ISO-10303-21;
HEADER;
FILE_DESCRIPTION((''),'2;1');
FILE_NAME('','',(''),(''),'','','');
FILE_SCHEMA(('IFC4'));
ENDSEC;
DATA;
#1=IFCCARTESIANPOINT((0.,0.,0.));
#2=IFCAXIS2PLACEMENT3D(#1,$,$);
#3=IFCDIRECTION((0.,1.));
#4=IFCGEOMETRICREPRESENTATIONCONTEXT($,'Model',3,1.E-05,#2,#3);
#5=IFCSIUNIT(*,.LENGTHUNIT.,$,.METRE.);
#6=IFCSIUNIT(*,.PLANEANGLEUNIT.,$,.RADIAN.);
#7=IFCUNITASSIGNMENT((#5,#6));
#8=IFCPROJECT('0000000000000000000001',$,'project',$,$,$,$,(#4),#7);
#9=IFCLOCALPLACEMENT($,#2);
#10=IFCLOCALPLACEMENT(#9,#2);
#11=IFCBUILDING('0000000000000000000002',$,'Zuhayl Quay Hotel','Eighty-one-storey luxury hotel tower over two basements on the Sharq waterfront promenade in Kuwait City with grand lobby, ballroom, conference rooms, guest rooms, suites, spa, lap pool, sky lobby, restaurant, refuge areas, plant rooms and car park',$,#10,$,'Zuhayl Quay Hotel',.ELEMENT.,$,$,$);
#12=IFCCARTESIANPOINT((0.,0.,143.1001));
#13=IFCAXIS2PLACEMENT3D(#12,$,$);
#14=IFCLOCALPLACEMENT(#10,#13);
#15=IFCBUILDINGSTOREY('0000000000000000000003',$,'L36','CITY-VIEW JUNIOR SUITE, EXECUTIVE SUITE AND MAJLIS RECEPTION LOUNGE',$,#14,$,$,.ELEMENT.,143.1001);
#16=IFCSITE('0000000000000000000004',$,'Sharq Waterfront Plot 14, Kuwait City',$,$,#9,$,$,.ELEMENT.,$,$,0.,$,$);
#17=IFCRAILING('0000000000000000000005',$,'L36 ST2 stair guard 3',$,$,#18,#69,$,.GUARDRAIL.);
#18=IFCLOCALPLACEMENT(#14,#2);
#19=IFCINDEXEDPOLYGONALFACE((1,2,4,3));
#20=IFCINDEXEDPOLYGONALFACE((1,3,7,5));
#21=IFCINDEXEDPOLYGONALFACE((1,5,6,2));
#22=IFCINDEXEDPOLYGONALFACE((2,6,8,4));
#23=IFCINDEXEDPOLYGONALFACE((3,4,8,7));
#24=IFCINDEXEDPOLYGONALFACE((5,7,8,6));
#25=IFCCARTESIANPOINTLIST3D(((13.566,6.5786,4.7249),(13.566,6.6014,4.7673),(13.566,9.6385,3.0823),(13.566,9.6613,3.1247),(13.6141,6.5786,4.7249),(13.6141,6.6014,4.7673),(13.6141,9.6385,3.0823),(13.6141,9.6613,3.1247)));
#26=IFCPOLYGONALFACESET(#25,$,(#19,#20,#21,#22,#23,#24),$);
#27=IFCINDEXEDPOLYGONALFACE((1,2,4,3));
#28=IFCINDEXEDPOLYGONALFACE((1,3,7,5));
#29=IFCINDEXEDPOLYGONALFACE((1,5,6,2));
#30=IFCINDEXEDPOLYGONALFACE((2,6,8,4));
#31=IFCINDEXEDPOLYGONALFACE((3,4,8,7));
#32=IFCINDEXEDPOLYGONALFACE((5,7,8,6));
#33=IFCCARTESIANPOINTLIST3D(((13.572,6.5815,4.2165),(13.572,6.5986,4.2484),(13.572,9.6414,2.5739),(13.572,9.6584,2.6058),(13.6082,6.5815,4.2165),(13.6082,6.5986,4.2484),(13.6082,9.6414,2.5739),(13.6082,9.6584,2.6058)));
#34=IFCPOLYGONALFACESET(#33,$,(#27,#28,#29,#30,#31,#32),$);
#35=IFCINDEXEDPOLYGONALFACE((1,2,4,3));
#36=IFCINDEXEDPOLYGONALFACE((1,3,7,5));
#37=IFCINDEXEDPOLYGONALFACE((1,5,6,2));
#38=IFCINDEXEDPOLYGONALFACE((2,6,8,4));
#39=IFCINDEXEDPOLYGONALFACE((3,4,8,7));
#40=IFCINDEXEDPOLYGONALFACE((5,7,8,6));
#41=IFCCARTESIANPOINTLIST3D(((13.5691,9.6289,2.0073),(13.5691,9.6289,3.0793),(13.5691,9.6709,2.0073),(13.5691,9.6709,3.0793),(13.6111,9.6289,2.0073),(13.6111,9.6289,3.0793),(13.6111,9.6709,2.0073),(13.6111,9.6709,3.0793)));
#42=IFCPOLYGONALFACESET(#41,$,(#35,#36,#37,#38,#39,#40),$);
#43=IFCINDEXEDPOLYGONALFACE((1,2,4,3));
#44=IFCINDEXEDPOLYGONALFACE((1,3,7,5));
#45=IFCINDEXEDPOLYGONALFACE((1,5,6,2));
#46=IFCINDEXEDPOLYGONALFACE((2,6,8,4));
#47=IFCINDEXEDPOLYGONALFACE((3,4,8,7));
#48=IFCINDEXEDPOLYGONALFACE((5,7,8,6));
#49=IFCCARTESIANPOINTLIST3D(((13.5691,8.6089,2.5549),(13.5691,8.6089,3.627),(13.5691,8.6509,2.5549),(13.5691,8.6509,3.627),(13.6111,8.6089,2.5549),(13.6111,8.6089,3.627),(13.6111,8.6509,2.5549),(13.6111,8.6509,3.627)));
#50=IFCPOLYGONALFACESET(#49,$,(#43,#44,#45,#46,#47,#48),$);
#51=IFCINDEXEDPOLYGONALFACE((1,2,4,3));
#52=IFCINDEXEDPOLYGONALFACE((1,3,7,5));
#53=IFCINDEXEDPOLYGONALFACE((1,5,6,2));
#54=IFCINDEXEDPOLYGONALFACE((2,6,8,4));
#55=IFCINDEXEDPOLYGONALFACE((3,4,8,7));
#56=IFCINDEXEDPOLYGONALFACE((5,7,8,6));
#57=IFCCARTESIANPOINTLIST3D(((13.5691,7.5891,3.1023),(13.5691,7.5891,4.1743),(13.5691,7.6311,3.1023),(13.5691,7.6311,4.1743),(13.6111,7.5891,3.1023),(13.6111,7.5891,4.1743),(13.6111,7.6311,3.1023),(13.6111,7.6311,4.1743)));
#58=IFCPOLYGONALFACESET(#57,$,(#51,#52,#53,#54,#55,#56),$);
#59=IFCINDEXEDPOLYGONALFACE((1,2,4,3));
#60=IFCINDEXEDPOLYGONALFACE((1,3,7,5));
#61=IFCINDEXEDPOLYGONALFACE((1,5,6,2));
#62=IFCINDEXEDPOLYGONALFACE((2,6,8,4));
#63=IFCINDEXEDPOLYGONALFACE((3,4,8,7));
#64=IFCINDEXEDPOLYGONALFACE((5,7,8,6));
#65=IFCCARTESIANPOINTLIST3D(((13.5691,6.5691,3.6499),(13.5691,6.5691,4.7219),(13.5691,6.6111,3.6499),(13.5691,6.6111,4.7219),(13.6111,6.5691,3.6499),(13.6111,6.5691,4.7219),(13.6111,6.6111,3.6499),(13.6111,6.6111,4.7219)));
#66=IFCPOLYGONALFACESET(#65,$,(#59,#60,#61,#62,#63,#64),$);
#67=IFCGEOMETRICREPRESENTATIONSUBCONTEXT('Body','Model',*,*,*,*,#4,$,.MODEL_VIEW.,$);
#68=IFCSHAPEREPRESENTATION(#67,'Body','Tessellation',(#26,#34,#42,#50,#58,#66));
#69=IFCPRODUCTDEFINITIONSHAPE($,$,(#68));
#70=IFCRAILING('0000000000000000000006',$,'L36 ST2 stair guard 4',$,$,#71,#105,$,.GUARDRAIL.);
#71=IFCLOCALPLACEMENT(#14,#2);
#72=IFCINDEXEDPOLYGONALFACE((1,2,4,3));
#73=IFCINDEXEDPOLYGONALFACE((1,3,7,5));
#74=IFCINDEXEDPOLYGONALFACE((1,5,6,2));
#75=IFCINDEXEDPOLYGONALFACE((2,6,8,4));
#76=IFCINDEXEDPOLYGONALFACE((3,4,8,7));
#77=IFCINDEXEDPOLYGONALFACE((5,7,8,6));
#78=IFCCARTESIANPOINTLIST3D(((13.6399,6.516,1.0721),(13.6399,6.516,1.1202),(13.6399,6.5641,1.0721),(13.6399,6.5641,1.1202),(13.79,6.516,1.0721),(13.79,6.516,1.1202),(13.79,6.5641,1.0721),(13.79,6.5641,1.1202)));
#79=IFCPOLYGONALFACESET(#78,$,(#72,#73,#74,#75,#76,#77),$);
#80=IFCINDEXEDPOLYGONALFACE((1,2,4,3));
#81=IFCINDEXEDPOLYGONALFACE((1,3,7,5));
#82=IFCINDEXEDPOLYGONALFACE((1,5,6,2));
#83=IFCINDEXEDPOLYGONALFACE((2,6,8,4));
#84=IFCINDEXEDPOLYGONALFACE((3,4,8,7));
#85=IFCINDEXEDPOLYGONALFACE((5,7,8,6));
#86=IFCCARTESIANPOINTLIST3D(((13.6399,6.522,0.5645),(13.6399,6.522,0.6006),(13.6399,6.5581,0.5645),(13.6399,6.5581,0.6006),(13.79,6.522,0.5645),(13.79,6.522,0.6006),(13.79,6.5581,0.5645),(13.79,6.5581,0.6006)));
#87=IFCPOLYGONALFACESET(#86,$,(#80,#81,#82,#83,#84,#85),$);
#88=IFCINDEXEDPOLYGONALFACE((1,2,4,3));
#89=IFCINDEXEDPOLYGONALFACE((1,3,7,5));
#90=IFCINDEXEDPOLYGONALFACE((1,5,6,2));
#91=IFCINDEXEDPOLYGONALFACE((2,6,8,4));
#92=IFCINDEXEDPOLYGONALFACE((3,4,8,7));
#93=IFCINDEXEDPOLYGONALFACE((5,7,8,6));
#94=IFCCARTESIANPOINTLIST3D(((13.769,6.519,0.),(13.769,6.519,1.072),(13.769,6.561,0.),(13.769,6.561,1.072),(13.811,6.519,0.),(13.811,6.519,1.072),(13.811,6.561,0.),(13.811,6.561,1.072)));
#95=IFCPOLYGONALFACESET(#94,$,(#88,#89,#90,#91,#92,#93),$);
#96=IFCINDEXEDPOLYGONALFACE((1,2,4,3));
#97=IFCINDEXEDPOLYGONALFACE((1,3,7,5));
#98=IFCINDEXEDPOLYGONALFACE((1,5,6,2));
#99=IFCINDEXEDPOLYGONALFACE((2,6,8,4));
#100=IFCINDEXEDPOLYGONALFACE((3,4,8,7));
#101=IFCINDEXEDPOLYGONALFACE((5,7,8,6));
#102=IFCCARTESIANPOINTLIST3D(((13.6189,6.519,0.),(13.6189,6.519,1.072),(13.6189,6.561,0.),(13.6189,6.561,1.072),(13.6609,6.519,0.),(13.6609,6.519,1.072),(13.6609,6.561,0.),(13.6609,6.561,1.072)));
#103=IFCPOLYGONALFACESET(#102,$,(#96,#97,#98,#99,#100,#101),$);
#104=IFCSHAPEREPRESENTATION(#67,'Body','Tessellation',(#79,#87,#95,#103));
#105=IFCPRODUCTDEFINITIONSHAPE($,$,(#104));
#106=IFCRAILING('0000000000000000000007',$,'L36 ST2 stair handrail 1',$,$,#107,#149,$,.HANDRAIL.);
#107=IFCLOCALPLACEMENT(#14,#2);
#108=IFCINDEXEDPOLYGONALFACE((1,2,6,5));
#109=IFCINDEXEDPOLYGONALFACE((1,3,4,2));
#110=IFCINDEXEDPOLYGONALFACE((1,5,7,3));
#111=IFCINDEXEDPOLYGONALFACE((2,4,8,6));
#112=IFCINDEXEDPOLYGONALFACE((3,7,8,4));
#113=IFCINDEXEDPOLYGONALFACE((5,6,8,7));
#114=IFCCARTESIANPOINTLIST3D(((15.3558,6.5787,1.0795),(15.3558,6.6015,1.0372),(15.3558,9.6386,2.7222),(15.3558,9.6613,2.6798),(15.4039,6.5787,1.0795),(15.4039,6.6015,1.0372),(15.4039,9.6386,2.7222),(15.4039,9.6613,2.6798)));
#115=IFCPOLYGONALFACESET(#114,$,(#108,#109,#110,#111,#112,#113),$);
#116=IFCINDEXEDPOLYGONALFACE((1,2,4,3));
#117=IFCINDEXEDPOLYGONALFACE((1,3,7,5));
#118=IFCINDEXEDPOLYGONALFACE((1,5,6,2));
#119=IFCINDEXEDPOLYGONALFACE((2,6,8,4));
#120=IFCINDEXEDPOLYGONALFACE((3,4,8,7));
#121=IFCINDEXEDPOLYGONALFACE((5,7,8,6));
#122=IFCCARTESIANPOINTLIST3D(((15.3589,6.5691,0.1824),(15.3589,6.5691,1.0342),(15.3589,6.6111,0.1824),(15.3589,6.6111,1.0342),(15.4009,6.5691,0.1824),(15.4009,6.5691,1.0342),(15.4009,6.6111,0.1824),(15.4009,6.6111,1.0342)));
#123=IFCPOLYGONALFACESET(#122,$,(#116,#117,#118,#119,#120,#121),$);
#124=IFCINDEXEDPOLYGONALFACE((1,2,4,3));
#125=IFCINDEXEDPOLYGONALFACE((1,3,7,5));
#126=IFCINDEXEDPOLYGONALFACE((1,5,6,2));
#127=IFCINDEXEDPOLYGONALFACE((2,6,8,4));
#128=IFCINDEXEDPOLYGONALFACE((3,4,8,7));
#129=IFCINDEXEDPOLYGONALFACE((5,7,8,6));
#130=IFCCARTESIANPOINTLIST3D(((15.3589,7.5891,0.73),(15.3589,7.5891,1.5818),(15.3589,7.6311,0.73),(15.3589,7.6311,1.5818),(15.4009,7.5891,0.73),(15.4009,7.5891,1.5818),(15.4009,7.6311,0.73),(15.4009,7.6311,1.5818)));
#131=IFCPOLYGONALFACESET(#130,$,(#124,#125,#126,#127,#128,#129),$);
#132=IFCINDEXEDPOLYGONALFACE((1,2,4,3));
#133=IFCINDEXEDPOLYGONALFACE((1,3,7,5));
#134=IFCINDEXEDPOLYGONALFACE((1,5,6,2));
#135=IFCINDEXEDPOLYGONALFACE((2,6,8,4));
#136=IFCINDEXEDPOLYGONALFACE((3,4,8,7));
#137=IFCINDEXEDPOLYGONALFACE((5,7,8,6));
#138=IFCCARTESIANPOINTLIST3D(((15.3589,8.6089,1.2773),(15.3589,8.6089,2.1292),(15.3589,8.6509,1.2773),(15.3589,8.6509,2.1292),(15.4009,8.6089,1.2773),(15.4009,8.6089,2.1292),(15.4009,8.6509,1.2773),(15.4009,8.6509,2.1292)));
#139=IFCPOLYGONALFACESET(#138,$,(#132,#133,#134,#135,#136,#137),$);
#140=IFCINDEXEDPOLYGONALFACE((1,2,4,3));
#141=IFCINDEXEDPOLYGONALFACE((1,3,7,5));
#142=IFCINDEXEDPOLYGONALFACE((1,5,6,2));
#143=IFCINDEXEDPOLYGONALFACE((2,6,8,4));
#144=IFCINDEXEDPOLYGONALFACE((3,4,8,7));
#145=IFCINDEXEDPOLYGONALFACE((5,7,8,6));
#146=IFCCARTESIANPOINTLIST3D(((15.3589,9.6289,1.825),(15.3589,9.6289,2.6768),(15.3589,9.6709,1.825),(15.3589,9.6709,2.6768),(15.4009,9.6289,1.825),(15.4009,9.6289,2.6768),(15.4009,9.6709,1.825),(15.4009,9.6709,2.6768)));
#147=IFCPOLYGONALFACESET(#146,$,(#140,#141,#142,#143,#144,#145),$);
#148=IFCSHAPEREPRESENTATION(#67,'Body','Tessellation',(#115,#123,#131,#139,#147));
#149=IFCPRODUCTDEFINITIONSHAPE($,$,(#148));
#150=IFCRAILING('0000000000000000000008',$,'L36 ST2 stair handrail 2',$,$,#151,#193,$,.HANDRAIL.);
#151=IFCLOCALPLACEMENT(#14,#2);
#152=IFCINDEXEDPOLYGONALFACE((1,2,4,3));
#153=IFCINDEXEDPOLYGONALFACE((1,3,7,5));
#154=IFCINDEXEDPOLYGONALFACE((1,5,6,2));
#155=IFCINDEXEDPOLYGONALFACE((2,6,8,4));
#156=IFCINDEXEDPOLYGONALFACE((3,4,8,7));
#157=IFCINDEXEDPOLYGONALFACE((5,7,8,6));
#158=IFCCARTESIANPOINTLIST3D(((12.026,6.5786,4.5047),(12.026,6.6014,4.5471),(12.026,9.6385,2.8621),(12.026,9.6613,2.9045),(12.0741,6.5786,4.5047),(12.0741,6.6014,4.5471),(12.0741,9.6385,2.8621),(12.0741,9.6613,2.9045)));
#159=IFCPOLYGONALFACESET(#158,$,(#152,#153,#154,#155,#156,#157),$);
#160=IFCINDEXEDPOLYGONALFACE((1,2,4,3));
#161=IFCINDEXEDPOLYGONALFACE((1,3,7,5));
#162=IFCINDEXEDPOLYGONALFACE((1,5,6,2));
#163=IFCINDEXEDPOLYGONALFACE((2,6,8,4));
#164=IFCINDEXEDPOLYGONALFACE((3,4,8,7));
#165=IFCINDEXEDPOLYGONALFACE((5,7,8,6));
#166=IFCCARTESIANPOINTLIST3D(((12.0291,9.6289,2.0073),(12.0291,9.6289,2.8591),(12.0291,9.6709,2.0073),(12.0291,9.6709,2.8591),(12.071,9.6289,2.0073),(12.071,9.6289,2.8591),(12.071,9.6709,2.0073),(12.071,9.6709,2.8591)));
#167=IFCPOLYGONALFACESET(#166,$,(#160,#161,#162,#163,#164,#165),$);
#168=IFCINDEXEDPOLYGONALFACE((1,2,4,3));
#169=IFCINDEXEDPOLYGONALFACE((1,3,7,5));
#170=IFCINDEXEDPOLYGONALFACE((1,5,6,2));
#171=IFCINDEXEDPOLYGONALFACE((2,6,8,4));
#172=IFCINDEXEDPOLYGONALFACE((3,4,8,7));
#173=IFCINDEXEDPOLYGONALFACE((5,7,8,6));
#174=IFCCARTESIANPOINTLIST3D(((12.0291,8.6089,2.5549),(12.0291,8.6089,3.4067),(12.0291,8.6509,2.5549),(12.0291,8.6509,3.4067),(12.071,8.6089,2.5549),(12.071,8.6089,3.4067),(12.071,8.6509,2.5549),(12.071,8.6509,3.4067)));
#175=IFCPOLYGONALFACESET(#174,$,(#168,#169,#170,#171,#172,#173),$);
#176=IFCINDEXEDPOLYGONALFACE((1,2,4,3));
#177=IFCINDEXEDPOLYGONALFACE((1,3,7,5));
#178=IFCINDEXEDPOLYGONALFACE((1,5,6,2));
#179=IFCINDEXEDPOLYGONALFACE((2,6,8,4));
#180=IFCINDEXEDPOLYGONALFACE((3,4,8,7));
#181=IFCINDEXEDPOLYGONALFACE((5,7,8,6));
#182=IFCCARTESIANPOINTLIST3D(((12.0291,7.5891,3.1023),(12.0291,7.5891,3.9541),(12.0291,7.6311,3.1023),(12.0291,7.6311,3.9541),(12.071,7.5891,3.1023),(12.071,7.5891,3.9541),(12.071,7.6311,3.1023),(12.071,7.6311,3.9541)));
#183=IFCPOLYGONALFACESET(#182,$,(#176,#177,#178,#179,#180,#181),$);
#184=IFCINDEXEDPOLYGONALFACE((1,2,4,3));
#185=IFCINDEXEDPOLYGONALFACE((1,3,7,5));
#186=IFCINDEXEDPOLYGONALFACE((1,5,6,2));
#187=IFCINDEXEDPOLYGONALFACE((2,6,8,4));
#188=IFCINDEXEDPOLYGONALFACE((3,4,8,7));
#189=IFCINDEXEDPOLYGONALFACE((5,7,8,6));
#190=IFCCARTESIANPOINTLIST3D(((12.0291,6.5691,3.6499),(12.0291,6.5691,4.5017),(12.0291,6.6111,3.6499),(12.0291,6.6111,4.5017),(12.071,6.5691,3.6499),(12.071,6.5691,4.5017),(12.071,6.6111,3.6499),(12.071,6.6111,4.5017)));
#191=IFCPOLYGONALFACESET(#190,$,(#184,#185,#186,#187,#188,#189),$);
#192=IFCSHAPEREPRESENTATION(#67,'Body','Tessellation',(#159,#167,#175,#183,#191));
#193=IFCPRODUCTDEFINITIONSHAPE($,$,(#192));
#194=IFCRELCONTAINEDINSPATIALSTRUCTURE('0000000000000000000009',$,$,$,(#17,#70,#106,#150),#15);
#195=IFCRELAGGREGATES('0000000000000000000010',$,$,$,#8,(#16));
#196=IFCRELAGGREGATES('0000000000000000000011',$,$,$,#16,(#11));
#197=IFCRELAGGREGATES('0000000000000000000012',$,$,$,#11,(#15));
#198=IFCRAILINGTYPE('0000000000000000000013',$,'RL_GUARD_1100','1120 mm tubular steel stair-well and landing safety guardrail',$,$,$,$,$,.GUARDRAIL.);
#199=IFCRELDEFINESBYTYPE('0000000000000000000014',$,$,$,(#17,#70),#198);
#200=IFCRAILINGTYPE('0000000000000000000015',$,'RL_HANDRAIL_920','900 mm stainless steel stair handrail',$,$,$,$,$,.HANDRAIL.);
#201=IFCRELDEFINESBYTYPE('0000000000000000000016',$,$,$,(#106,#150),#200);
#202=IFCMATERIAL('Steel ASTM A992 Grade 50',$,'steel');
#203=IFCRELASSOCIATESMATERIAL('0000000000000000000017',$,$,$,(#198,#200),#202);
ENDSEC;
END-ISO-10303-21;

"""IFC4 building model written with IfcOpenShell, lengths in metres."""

from ifc_helpers import new_model, si_unit, direction, frame, origin, origin_2d, place, context, subcontext, project, spatial, rectangle, extrude, material, type_object, element, save


model = new_model("IFC4")

# Units and contexts
model_context = context("Model", 3, precision=1e-05, world=origin(), true_north=direction((0.0, 1.0)))
body_context = subcontext(model_context, "Body", "Model", "MODEL_VIEW")
ifc_project = project(units=[si_unit("LENGTHUNIT", "METRE"), si_unit("PLANEANGLEUNIT", "RADIAN")], contexts=[model_context])

# Site, building, storey
site_placement = place(None, origin())
site = spatial("IfcSite", under=ifc_project, at=site_placement, Name="Sharq Waterfront Plot 14, Kuwait City", CompositionType="ELEMENT", RefElevation=0.0)
building_placement = place(site_placement, origin())
building = spatial("IfcBuilding", under=site, at=building_placement, Name="Zuhayl Quay Hotel", Description="Eighty-one-storey luxury hotel tower over two basements on the Sharq waterfront promenade in Kuwait City with grand lobby, ballroom, conference rooms, guest rooms, suites, spa, lap pool, sky lobby, restaurant, refuge areas, plant rooms and car park", LongName="Zuhayl Quay Hotel", CompositionType="ELEMENT")
storey_placement = place(building_placement, frame((0.0, 0.0, 143.1001)))
storey = spatial("IfcBuildingStorey", under=building, at=storey_placement, Name="L36", Description="CITY-VIEW JUNIOR SUITE, EXECUTIVE SUITE AND MAJLIS RECEPTION LOUNGE", CompositionType="ELEMENT", Elevation=143.1001)

# Shared definitions
ifc_material_1 = material(Name="Steel ASTM A992 Grade 50", Category="steel")

# Railings
railing_type_1 = type_object("IfcRailingType", Name="RL_GUARD_1100", Description="1120 mm tubular steel stair-well and landing safety guardrail", PredefinedType="GUARDRAIL", material=ifc_material_1)
railing_1_placement = place(storey_placement, frame((13.5901, 9.6499, 2.0073)))
element("IfcRailing", 1, at=railing_1_placement, inside=storey, type_object=railing_type_1, Name="L36 ST2 stair guard 3", PredefinedType="GUARDRAIL", context=body_context, shape_type="SweptSolid", body=[
    extrude(rectangle(XDim=0.0481, YDim=0.0481, at=origin_2d()), frame((0.0, 0.0, 1.0962), z_axis=(0.0, -0.881073, 0.47298), x_axis=(1.0, 0.0, 0.0)), (0.0, 0.0, 1.0), 3.4729),
    extrude(rectangle(XDim=0.0361, YDim=0.0361, at=origin_2d()), frame((0.0, 0.0, 0.5825), z_axis=(0.0, -0.881073, 0.47298), x_axis=(1.0, 0.0, 0.0)), (0.0, 0.0, 1.0), 3.4729),
    extrude(rectangle(XDim=0.042, YDim=0.042, at=origin_2d()), origin(), (0.0, 0.0, 1.0), 1.072),
    extrude(rectangle(XDim=0.042, YDim=0.042, at=origin_2d()), frame((0.0, -1.02, 0.5476)), (0.0, 0.0, 1.0), 1.072),
    extrude(rectangle(XDim=0.042, YDim=0.042, at=origin_2d()), frame((0.0, -2.0398, 1.095)), (0.0, 0.0, 1.0), 1.072),
    extrude(rectangle(XDim=0.042, YDim=0.042, at=origin_2d()), frame((0.0, -3.0598, 1.6426)), (0.0, 0.0, 1.0), 1.072),
])
railing_2_placement = place(storey_placement, frame((13.79, 6.54, 0.0)))
element("IfcRailing", 2, at=railing_2_placement, inside=storey, type_object=railing_type_1, Name="L36 ST2 stair guard 4", PredefinedType="GUARDRAIL", context=body_context, shape_type="SweptSolid", body=[
    extrude(rectangle(XDim=0.0481, YDim=0.0481, at=origin_2d()), frame((0.0, 0.0, 1.0962), z_axis=(-1.0, 0.0, 0.0), x_axis=(0.0, -1.0, 0.0)), (0.0, 0.0, 1.0), 0.1501),
    extrude(rectangle(XDim=0.0361, YDim=0.0361, at=origin_2d()), frame((0.0, 0.0, 0.5825), z_axis=(-1.0, 0.0, 0.0), x_axis=(0.0, -1.0, 0.0)), (0.0, 0.0, 1.0), 0.1501),
    extrude(rectangle(XDim=0.042, YDim=0.042, at=origin_2d()), origin(), (0.0, 0.0, 1.0), 1.072),
    extrude(rectangle(XDim=0.042, YDim=0.042, at=origin_2d()), frame((-0.1501, 0.0, 0.0)), (0.0, 0.0, 1.0), 1.072),
])
railing_type_2 = type_object("IfcRailingType", Name="RL_HANDRAIL_920", Description="900 mm stainless steel stair handrail", PredefinedType="HANDRAIL", material=ifc_material_1)
railing_3_placement = place(storey_placement, frame((15.3799, 6.5901, 0.1824)))
element("IfcRailing", 3, at=railing_3_placement, inside=storey, type_object=railing_type_2, Name="L36 ST2 stair handrail 1", PredefinedType="HANDRAIL", context=body_context, shape_type="SweptSolid", body=[
    extrude(rectangle(XDim=0.0481, YDim=0.0481, at=origin_2d()), frame((0.0, 0.0, 0.876), z_axis=(0.0, 0.881073, 0.47298), x_axis=(-1.0, 0.0, 0.0)), (0.0, 0.0, 1.0), 3.4729),
    extrude(rectangle(XDim=0.042, YDim=0.042, at=origin_2d()), origin(), (0.0, 0.0, 1.0), 0.8518),
    extrude(rectangle(XDim=0.042, YDim=0.042, at=origin_2d()), frame((0.0, 1.02, 0.5476)), (0.0, 0.0, 1.0), 0.8518),
    extrude(rectangle(XDim=0.042, YDim=0.042, at=origin_2d()), frame((0.0, 2.0398, 1.095)), (0.0, 0.0, 1.0), 0.8518),
    extrude(rectangle(XDim=0.042, YDim=0.042, at=origin_2d()), frame((0.0, 3.0598, 1.6426)), (0.0, 0.0, 1.0), 0.8518),
])
railing_4_placement = place(storey_placement, frame((12.05, 9.6499, 2.0073)))
element("IfcRailing", 4, at=railing_4_placement, inside=storey, type_object=railing_type_2, Name="L36 ST2 stair handrail 2", PredefinedType="HANDRAIL", context=body_context, shape_type="SweptSolid", body=[
    extrude(rectangle(XDim=0.0481, YDim=0.0481, at=origin_2d()), frame((0.0, 0.0, 0.876), z_axis=(0.0, -0.881073, 0.47298), x_axis=(1.0, 0.0, 0.0)), (0.0, 0.0, 1.0), 3.4729),
    extrude(rectangle(XDim=0.042, YDim=0.042, at=origin_2d()), origin(), (0.0, 0.0, 1.0), 0.8518),
    extrude(rectangle(XDim=0.042, YDim=0.042, at=origin_2d()), frame((0.0, -1.02, 0.5476)), (0.0, 0.0, 1.0), 0.8518),
    extrude(rectangle(XDim=0.042, YDim=0.042, at=origin_2d()), frame((0.0, -2.0398, 1.095)), (0.0, 0.0, 1.0), 0.8518),
    extrude(rectangle(XDim=0.042, YDim=0.042, at=origin_2d()), frame((0.0, -3.0598, 1.6426)), (0.0, 0.0, 1.0), 0.8518),
])

save(model, "model.ifc")
